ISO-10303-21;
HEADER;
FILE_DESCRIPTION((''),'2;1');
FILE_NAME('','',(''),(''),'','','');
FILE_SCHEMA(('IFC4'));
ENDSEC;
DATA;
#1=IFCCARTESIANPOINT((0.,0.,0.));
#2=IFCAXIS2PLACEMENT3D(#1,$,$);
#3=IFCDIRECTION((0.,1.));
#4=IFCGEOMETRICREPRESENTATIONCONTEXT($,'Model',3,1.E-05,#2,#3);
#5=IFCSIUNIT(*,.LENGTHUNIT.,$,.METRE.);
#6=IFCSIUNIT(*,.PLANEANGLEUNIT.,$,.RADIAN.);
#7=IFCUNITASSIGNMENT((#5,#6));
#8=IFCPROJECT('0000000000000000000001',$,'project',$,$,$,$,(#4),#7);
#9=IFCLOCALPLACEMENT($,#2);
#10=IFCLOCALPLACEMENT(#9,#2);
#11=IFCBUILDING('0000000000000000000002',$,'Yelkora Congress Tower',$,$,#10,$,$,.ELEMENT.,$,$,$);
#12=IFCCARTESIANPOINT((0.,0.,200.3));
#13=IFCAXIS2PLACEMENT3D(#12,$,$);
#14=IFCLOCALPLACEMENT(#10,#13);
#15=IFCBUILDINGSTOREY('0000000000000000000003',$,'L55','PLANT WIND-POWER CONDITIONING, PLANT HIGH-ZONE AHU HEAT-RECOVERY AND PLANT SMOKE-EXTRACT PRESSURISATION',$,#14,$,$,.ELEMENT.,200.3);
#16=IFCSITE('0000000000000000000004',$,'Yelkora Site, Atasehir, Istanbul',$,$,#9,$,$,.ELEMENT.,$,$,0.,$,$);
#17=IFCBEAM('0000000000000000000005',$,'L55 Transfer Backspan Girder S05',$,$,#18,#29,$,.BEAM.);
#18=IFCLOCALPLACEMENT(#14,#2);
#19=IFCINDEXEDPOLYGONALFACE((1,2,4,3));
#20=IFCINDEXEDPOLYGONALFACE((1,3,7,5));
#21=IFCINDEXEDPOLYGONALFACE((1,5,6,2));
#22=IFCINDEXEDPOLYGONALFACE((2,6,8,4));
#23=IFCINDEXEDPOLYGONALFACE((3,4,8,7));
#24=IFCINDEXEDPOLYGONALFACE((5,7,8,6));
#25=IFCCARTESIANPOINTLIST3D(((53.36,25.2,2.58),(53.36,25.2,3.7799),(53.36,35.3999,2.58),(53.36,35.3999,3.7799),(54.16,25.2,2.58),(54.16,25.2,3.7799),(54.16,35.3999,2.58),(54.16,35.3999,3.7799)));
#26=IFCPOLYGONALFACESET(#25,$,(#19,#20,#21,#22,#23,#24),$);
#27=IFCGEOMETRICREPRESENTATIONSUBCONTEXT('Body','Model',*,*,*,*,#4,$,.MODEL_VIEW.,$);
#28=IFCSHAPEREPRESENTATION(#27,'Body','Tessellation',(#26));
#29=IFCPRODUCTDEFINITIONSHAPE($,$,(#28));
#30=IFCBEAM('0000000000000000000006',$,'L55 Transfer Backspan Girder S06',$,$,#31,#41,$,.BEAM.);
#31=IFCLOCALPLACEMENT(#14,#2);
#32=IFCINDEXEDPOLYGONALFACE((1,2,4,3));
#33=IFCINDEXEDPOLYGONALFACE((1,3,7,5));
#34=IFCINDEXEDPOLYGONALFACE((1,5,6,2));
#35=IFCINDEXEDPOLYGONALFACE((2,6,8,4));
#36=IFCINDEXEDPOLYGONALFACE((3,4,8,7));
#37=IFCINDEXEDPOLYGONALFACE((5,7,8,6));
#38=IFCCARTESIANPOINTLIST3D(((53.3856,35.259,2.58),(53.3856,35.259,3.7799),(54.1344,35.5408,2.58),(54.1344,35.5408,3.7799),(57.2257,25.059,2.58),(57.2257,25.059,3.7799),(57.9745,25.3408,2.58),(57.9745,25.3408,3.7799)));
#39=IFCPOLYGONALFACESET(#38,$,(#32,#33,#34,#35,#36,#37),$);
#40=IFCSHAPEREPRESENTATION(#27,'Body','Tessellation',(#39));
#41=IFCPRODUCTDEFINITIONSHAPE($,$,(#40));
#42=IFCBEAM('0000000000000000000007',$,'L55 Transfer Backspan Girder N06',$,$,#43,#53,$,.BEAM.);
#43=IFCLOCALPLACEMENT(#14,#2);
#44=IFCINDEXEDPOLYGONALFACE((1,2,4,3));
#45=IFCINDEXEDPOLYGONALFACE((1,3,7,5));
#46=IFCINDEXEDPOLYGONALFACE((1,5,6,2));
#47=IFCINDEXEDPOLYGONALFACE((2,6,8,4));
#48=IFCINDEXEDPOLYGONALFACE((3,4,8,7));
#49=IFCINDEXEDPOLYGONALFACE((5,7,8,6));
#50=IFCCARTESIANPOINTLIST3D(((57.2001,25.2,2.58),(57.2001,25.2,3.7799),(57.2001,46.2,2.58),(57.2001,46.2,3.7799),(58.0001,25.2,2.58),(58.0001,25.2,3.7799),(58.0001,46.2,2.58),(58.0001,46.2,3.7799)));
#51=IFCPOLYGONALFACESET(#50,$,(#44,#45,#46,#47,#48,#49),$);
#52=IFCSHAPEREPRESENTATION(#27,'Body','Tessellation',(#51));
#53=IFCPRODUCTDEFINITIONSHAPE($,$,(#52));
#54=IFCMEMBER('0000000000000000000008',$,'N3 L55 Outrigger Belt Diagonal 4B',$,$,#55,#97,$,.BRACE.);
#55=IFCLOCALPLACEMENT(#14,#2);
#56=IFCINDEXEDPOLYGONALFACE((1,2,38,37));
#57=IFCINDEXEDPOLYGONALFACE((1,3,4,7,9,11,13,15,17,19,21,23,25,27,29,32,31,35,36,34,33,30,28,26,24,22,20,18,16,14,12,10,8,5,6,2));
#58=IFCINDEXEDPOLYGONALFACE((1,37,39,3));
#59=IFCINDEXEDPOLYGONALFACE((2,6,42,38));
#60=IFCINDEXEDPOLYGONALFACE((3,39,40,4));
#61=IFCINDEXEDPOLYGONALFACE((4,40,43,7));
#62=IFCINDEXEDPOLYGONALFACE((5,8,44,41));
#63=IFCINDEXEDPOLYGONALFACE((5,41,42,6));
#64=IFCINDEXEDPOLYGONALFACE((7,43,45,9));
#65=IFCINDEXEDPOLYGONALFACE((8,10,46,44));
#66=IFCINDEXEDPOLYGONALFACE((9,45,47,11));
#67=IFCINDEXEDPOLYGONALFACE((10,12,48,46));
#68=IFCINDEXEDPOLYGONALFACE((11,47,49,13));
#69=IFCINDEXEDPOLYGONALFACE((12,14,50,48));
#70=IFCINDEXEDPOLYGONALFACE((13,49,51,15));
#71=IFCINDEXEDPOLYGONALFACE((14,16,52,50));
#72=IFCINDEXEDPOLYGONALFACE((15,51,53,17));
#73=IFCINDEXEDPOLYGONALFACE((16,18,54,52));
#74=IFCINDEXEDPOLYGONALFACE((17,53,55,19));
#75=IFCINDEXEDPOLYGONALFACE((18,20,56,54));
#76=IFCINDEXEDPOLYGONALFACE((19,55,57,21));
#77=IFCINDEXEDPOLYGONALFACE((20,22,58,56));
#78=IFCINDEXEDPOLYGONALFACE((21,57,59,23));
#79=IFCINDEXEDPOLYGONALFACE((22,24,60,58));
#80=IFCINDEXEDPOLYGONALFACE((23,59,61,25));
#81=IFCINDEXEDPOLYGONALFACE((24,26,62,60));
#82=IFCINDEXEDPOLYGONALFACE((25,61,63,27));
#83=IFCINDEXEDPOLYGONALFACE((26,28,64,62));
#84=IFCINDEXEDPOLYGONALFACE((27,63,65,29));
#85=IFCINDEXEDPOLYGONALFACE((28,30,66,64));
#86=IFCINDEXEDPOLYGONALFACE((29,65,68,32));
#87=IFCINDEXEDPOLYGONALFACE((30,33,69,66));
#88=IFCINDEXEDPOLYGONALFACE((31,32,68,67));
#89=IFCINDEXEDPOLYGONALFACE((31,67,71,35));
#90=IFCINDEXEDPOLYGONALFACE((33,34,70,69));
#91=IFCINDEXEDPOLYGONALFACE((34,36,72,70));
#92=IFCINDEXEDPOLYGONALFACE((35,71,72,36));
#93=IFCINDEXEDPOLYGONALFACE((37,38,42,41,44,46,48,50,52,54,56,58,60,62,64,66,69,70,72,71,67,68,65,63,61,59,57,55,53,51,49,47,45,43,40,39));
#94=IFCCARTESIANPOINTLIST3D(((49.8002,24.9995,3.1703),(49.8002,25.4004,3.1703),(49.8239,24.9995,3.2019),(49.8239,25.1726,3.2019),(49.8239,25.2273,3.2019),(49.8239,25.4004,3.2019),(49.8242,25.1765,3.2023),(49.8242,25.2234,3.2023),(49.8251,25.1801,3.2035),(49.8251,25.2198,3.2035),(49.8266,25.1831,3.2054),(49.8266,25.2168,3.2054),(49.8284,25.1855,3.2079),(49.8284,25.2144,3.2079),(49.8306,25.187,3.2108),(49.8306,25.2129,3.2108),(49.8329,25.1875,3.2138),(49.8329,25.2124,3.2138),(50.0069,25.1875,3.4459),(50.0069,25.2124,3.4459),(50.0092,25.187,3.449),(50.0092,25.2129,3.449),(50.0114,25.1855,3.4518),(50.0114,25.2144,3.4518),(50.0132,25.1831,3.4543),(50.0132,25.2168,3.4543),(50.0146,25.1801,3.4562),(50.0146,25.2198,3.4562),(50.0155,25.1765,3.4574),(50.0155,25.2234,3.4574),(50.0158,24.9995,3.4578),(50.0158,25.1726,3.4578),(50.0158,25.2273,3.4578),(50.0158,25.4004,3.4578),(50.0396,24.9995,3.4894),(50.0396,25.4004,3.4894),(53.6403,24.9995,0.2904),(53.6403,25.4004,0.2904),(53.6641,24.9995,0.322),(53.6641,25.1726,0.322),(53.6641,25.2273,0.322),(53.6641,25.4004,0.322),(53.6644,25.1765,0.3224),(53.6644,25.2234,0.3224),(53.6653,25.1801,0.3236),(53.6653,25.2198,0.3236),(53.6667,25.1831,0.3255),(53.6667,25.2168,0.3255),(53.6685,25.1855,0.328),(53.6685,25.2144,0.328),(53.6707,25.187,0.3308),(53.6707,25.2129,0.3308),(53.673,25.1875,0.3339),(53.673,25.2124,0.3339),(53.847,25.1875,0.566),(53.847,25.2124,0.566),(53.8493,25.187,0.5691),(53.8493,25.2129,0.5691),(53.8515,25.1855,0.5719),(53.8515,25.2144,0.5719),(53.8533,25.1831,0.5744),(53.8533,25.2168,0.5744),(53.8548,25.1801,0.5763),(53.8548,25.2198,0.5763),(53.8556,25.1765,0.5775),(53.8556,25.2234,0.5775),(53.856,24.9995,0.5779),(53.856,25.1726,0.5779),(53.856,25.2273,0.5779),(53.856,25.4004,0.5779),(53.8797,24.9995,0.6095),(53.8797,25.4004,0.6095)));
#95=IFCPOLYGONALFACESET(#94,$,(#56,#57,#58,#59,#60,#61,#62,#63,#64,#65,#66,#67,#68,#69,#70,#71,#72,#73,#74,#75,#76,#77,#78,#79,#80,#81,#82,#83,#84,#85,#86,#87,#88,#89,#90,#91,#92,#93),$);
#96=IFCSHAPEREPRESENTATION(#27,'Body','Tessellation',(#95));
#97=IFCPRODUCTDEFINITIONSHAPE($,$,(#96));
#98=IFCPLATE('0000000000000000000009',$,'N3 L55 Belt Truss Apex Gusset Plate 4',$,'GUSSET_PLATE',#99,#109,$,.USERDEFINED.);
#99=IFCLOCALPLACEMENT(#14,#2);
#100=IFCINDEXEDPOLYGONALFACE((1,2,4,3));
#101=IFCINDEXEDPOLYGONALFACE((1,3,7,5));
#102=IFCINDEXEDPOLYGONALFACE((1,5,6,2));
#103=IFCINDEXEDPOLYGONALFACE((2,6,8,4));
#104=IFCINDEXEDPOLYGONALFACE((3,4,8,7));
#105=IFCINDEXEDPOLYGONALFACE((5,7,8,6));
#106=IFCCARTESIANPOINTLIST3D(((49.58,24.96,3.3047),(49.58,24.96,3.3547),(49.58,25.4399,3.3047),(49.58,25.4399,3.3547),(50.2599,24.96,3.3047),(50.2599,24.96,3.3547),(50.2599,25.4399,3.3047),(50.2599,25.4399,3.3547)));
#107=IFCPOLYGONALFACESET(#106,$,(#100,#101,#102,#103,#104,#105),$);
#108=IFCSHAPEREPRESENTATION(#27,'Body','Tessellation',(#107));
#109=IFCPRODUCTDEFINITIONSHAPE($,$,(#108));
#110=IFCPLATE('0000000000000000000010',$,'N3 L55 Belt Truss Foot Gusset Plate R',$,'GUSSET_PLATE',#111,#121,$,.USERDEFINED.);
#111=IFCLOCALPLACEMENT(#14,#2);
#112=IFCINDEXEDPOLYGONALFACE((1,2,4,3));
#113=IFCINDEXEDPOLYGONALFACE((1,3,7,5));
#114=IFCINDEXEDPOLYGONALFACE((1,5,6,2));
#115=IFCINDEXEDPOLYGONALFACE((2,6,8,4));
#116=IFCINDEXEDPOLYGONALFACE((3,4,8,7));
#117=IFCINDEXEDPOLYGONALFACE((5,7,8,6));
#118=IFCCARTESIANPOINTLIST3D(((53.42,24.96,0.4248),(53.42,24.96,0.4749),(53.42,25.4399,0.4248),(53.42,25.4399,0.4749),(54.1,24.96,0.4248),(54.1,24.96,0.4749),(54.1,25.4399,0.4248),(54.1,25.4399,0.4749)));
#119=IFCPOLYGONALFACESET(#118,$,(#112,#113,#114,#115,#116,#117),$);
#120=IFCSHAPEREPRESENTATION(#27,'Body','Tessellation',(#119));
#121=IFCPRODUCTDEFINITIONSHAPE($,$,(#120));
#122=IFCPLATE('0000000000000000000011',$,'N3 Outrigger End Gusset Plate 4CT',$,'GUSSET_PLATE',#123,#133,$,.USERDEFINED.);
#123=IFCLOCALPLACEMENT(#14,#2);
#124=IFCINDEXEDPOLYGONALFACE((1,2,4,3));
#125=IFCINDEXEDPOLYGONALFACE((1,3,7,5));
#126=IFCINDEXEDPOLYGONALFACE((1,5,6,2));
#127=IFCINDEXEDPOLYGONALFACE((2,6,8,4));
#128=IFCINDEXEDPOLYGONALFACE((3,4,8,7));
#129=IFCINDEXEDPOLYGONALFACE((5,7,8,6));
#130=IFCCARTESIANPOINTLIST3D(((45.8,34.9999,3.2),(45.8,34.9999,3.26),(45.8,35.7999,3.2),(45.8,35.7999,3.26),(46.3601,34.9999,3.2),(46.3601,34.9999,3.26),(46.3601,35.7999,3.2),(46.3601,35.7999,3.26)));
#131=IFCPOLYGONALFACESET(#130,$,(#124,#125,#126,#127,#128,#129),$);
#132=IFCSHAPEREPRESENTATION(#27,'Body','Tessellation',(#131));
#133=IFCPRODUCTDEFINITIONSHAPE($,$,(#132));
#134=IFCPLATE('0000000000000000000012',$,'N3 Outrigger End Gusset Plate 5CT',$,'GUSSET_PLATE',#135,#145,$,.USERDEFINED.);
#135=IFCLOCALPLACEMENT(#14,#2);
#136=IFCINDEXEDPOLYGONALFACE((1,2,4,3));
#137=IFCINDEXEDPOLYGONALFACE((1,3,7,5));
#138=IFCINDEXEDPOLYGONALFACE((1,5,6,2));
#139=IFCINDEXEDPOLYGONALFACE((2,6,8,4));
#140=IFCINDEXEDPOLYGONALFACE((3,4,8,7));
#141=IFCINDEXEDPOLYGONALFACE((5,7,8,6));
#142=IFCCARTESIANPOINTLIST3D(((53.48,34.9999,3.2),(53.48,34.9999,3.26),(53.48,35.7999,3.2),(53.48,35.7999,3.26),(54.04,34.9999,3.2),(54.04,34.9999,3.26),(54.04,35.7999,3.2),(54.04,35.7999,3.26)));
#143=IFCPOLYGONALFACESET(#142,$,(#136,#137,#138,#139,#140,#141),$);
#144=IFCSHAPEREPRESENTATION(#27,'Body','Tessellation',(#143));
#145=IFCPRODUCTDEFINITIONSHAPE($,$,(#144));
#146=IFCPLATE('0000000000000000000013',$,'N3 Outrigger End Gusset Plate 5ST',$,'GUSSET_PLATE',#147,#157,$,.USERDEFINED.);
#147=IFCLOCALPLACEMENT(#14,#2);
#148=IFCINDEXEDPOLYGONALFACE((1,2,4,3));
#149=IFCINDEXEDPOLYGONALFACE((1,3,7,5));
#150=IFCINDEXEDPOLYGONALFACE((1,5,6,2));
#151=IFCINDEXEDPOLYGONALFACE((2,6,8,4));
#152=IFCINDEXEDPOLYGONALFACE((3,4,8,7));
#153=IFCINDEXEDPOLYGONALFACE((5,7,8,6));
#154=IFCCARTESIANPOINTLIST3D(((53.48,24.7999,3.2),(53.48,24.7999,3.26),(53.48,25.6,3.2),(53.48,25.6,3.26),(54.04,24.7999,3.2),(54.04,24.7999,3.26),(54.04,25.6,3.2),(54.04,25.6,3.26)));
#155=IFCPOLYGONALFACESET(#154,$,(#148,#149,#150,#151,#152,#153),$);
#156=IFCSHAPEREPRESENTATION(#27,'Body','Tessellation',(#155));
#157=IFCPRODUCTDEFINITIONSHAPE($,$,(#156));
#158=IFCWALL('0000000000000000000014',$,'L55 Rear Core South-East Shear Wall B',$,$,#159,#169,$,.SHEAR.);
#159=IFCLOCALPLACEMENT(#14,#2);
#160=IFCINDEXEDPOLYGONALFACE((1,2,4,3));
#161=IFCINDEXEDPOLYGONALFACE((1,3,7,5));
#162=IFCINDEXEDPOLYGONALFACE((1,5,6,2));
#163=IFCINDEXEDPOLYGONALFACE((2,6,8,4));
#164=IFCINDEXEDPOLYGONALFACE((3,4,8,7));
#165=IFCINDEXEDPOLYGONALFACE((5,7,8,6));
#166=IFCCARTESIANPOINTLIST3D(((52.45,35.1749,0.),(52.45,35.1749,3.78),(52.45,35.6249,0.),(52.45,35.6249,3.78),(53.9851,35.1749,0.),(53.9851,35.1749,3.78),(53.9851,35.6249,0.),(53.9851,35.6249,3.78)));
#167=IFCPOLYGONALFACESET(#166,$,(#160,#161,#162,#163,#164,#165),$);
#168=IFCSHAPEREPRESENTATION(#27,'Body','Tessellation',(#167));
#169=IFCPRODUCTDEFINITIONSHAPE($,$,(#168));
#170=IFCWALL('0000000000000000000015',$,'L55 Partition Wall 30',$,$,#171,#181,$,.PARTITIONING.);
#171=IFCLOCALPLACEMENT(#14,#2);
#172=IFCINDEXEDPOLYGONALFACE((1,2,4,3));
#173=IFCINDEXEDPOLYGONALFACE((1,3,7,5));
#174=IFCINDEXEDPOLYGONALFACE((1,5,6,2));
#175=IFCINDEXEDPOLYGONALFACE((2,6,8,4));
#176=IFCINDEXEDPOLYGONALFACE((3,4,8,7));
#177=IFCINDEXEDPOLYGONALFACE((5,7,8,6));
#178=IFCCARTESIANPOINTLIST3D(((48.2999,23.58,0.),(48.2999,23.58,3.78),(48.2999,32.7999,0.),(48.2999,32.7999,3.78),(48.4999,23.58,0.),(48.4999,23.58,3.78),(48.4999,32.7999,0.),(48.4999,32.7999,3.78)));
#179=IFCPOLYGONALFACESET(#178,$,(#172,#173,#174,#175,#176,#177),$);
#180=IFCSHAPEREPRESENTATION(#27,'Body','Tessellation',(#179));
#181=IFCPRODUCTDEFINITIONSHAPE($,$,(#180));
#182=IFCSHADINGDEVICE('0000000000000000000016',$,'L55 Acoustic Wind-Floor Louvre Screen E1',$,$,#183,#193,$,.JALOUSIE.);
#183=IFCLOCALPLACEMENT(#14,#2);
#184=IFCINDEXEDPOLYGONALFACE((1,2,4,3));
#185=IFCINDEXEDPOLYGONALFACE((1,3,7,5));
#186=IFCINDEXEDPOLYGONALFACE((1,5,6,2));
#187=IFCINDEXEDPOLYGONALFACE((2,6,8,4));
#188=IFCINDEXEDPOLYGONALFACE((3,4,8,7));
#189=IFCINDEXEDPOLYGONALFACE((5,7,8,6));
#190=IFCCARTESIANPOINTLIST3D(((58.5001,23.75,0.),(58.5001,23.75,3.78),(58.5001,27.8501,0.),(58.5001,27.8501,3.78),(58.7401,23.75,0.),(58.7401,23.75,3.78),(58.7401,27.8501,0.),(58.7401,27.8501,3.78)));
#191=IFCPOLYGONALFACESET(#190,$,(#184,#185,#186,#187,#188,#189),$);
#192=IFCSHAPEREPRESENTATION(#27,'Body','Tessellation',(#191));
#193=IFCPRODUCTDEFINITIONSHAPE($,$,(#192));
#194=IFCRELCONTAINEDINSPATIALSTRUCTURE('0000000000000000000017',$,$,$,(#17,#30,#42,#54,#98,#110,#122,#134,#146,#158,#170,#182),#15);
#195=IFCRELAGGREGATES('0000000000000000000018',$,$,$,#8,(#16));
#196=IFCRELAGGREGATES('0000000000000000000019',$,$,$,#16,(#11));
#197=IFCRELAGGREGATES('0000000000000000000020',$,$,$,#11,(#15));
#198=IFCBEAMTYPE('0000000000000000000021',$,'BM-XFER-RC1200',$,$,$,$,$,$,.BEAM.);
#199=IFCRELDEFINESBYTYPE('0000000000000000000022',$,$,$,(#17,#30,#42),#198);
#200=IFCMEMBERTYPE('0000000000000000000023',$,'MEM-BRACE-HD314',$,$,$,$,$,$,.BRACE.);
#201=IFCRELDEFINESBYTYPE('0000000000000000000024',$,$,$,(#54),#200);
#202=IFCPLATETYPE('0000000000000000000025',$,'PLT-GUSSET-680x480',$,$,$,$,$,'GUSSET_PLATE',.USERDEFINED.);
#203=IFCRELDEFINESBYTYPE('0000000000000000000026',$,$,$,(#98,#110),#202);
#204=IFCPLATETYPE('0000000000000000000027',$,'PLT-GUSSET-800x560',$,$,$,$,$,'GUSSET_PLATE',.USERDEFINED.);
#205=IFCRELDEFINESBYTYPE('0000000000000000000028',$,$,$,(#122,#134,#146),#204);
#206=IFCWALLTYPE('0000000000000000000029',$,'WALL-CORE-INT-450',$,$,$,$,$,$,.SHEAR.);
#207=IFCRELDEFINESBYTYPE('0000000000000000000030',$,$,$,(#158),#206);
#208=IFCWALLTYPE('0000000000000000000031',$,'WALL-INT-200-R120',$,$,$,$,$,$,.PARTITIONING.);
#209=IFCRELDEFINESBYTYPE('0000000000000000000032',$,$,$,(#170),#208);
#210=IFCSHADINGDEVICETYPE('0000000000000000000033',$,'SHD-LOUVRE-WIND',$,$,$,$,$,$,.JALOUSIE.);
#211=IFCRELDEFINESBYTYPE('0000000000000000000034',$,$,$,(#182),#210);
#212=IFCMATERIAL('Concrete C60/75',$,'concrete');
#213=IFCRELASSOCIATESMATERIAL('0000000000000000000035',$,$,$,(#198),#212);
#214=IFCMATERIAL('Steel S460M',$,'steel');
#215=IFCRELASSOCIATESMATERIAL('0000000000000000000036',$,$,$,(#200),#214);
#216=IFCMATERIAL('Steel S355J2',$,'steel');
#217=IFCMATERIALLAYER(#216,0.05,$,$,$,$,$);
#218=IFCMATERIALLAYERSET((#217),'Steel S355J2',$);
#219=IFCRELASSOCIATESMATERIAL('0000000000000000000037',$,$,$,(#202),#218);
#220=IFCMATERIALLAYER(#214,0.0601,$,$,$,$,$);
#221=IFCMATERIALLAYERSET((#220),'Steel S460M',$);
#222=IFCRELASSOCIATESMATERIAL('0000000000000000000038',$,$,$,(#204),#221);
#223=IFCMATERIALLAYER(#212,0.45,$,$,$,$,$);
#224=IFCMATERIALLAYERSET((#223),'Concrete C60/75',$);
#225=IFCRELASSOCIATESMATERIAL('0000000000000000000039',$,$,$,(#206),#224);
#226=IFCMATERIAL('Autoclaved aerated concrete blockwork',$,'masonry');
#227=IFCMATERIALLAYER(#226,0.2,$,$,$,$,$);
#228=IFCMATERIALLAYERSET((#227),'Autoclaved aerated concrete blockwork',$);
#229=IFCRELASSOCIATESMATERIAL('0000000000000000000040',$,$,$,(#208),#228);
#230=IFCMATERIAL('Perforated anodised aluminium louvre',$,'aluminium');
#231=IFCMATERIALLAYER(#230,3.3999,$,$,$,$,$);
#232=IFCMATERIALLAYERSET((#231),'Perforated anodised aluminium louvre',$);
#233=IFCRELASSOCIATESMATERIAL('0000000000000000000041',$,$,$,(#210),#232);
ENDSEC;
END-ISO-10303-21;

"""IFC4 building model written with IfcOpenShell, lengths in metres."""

from ifc_helpers import new_model, si_unit, direction, frame, frame_2d, origin, origin_2d, place, context, subcontext, project, spatial, rectangle, i_section, extrude, material, layer, layer_set, material_profile, profile_set, type_object, element, save


model = new_model("IFC4")

# Units and contexts
model_context = context("Model", 3, precision=1e-05, world=origin(), true_north=direction((0.0, 1.0)))
body_context = subcontext(model_context, "Body", "Model", "MODEL_VIEW")
ifc_project = project(units=[si_unit("LENGTHUNIT", "METRE"), si_unit("PLANEANGLEUNIT", "RADIAN")], contexts=[model_context])

# Site, building, storey
site_placement = place(None, origin())
site = spatial("IfcSite", under=ifc_project, at=site_placement, Name="Yelkora Site, Atasehir, Istanbul", CompositionType="ELEMENT", RefElevation=0.0)
building_placement = place(site_placement, origin())
building = spatial("IfcBuilding", under=site, at=building_placement, Name="Yelkora Congress Tower", CompositionType="ELEMENT")
storey_placement = place(building_placement, frame((0.0, 0.0, 200.3)))
storey = spatial("IfcBuildingStorey", under=building, at=storey_placement, Name="L55", Description="PLANT WIND-POWER CONDITIONING, PLANT HIGH-ZONE AHU HEAT-RECOVERY AND PLANT SMOKE-EXTRACT PRESSURISATION", CompositionType="ELEMENT", Elevation=200.3)

# Shared definitions
ifc_material_1 = material(Name="Steel S460M", Category="steel")

# Beams
ifc_material_2 = material(Name="Concrete C60/75", Category="concrete")
ifc_material_profile_1 = material_profile(ifc_material_2, rectangle(XDim=0.8, YDim=1.2, at=origin_2d()), Name="RC 800x1200")
ifc_profile_set_1 = profile_set([ifc_material_profile_1], Name="Concrete C60/75")
beam_type_1 = type_object("IfcBeamType", Name="BM-XFER-RC1200", PredefinedType="BEAM", material=ifc_profile_set_1)
beam_1_placement = place(storey_placement, frame((53.76, 35.3999, 3.1799), z_axis=(0.0, -1.0, 0.0), x_axis=(1.0, 0.0, 0.0)))
element("IfcBeam", 1, at=beam_1_placement, inside=storey, type_object=beam_type_1, Name="L55 Transfer Backspan Girder S05", PredefinedType="BEAM", context=body_context, shape_type="SweptSolid", body=[
    extrude(rectangle(XDim=0.8, YDim=1.2, at=origin_2d()), origin(), (0.0, 0.0, 1.0), 10.2),
])
beam_2_placement = place(storey_placement, frame((53.76, 35.3999, 3.1799), z_axis=(0.352338, -0.935873, 0.0), x_axis=(0.935873, 0.352338, 0.0)))
element("IfcBeam", 2, at=beam_2_placement, inside=storey, type_object=beam_type_1, Name="L55 Transfer Backspan Girder S06", PredefinedType="BEAM", context=body_context, shape_type="SweptSolid", body=[
    extrude(rectangle(XDim=0.8, YDim=1.2, at=origin_2d()), origin(), (0.0, 0.0, 1.0), 10.8989),
])
beam_3_placement = place(storey_placement, frame((57.6001, 25.2, 3.1799), z_axis=(0.0, 1.0, 0.0), x_axis=(-1.0, 0.0, 0.0)))
element("IfcBeam", 3, at=beam_3_placement, inside=storey, type_object=beam_type_1, Name="L55 Transfer Backspan Girder N06", PredefinedType="BEAM", context=body_context, shape_type="SweptSolid", body=[
    extrude(rectangle(XDim=0.8, YDim=1.2, at=origin_2d()), origin(), (0.0, 0.0, 1.0), 21.0),
])

# Member
ifc_material_profile_2 = material_profile(ifc_material_1, i_section(OverallWidth=0.4009, OverallDepth=0.3989, WebThickness=0.0249, FlangeThickness=0.0396, FilletRadius=0.0149, at=origin_2d()), Name="HD 400x314")
ifc_profile_set_2 = profile_set([ifc_material_profile_2], Name="Steel S460M")
member_type = type_object("IfcMemberType", Name="MEM-BRACE-HD314", PredefinedType="BRACE", material=ifc_profile_set_2)
member_placement = place(storey_placement, frame((53.76, 25.2, 0.45), z_axis=(-0.800018, 0.0, 0.599976), x_axis=(0.0, -1.0, 0.0)))
element("IfcMember", 4, at=member_placement, inside=storey, type_object=member_type, Name="N3 L55 Outrigger Belt Diagonal 4B", PredefinedType="BRACE", context=body_context, shape_type="SweptSolid", body=[
    extrude(i_section(OverallWidth=0.4009, OverallDepth=0.3989, WebThickness=0.0249, FlangeThickness=0.0396, FilletRadius=0.0149, at=origin_2d()), origin(), (0.0, 0.0, 1.0), 4.8),
])

# Plates
ifc_material_3 = material(Name="Steel S355J2", Category="steel")
ifc_layer_1 = layer(ifc_material_3, 0.05)
ifc_layer_set_1 = layer_set([ifc_layer_1], Name="Steel S355J2")
plate_type_1 = type_object("IfcPlateType", Name="PLT-GUSSET-680x480", ElementType="GUSSET_PLATE", PredefinedType="USERDEFINED", material=ifc_layer_set_1)
for number, where, z_axis, x_axis, name in (
    (5, (49.9199, 25.2, 3.3047), (0.0, 0.0, 1.0), (1.0, 0.0, 0.0), "N3 L55 Belt Truss Apex Gusset Plate 4"),
    (6, (53.76, 25.2, 0.4248), (0.0, 0.0, 1.0), (1.0, 0.0, 0.0), "N3 L55 Belt Truss Foot Gusset Plate R"),
):
    element("IfcPlate", number, at=place(storey_placement, frame(where, z_axis=z_axis, x_axis=x_axis)), inside=storey, type_object=plate_type_1, Name=name, ObjectType="GUSSET_PLATE", PredefinedType="USERDEFINED", context=body_context, shape_type="SweptSolid", body=[
        extrude(rectangle(XDim=0.6799, YDim=0.48, at=origin_2d()), origin(), (0.0, 0.0, 1.0), 0.05),
    ])
ifc_layer_2 = layer(ifc_material_1, 0.0601)
ifc_layer_set_2 = layer_set([ifc_layer_2], Name="Steel S460M")
plate_type_2 = type_object("IfcPlateType", Name="PLT-GUSSET-800x560", ElementType="GUSSET_PLATE", PredefinedType="USERDEFINED", material=ifc_layer_set_2)
for number, where, z_axis, x_axis, name in (
    (7, (46.0801, 35.3999, 3.2), (0.0, 0.0, 1.0), (0.0, 1.0, 0.0), "N3 Outrigger End Gusset Plate 4CT"),
    (8, (53.76, 35.3999, 3.2), (0.0, 0.0, 1.0), (0.0, 1.0, 0.0), "N3 Outrigger End Gusset Plate 5CT"),
    (9, (53.76, 25.2, 3.2), (0.0, 0.0, 1.0), (0.0, 1.0, 0.0), "N3 Outrigger End Gusset Plate 5ST"),
):
    element("IfcPlate", number, at=place(storey_placement, frame(where, z_axis=z_axis, x_axis=x_axis)), inside=storey, type_object=plate_type_2, Name=name, ObjectType="GUSSET_PLATE", PredefinedType="USERDEFINED", context=body_context, shape_type="SweptSolid", body=[
        extrude(rectangle(XDim=0.8, YDim=0.5601, at=origin_2d()), origin(), (0.0, 0.0, 1.0), 0.0601),
    ])

# Wall
ifc_layer_3 = layer(ifc_material_2, 0.45)
ifc_layer_set_3 = layer_set([ifc_layer_3], Name="Concrete C60/75")
wall_type_1 = type_object("IfcWallType", Name="WALL-CORE-INT-450", PredefinedType="SHEAR", material=ifc_layer_set_3)
wall_1_placement = place(storey_placement, frame((52.45, 35.3999, 0.0), z_axis=(0.0, 0.0, 1.0), x_axis=(1.0, 0.0, 0.0)))
element("IfcWall", 10, at=wall_1_placement, inside=storey, type_object=wall_type_1, Name="L55 Rear Core South-East Shear Wall B", PredefinedType="SHEAR", context=body_context, shape_type="SweptSolid", body=[
    extrude(rectangle(XDim=1.5352, YDim=0.45, at=frame_2d((0.7676, 0.0))), origin(), (0.0, 0.0, 1.0), 3.78),
])

# Shared definitions
ifc_material_4 = material(Name="Autoclaved aerated concrete blockwork", Category="masonry")
ifc_layer_4 = layer(ifc_material_4, 0.2)
ifc_layer_set_4 = layer_set([ifc_layer_4], Name="Autoclaved aerated concrete blockwork")
wall_type_2 = type_object("IfcWallType", Name="WALL-INT-200-R120", PredefinedType="PARTITIONING", material=ifc_layer_set_4)

# Wall
wall_2_placement = place(storey_placement, frame((48.3999, 23.5801, 0.0), z_axis=(0.0, 0.0, 1.0), x_axis=(0.0, 1.0, 0.0)))
element("IfcWall", 11, at=wall_2_placement, inside=storey, type_object=wall_type_2, Name="L55 Partition Wall 30", PredefinedType="PARTITIONING", context=body_context, shape_type="SweptSolid", body=[
    extrude(rectangle(XDim=9.22, YDim=0.2, at=frame_2d((4.6099, 0.0))), origin(), (0.0, 0.0, 1.0), 3.78),
])

# Shading device
ifc_material_5 = material(Name="Perforated anodised aluminium louvre", Category="aluminium")
ifc_layer_5 = layer(ifc_material_5, 3.3999)
ifc_layer_set_5 = layer_set([ifc_layer_5], Name="Perforated anodised aluminium louvre")
shading_device_type = type_object("IfcShadingDeviceType", Name="SHD-LOUVRE-WIND", PredefinedType="JALOUSIE", material=ifc_layer_set_5)
for number, where, z_axis, x_axis, name in (
    (12, (58.6201, 25.8, 0.0), (0.0, 0.0, 1.0), (1.0, 0.0, 0.0), "L55 Acoustic Wind-Floor Louvre Screen E1"),
):
    element("IfcShadingDevice", number, at=place(storey_placement, frame(where, z_axis=z_axis, x_axis=x_axis)), inside=storey, type_object=shading_device_type, Name=name, PredefinedType="JALOUSIE", context=body_context, shape_type="SweptSolid", body=[
        extrude(rectangle(XDim=0.24, YDim=4.1001, at=origin_2d()), origin(), (0.0, 0.0, 1.0), 3.78),
    ])

save(model, "model.ifc")
